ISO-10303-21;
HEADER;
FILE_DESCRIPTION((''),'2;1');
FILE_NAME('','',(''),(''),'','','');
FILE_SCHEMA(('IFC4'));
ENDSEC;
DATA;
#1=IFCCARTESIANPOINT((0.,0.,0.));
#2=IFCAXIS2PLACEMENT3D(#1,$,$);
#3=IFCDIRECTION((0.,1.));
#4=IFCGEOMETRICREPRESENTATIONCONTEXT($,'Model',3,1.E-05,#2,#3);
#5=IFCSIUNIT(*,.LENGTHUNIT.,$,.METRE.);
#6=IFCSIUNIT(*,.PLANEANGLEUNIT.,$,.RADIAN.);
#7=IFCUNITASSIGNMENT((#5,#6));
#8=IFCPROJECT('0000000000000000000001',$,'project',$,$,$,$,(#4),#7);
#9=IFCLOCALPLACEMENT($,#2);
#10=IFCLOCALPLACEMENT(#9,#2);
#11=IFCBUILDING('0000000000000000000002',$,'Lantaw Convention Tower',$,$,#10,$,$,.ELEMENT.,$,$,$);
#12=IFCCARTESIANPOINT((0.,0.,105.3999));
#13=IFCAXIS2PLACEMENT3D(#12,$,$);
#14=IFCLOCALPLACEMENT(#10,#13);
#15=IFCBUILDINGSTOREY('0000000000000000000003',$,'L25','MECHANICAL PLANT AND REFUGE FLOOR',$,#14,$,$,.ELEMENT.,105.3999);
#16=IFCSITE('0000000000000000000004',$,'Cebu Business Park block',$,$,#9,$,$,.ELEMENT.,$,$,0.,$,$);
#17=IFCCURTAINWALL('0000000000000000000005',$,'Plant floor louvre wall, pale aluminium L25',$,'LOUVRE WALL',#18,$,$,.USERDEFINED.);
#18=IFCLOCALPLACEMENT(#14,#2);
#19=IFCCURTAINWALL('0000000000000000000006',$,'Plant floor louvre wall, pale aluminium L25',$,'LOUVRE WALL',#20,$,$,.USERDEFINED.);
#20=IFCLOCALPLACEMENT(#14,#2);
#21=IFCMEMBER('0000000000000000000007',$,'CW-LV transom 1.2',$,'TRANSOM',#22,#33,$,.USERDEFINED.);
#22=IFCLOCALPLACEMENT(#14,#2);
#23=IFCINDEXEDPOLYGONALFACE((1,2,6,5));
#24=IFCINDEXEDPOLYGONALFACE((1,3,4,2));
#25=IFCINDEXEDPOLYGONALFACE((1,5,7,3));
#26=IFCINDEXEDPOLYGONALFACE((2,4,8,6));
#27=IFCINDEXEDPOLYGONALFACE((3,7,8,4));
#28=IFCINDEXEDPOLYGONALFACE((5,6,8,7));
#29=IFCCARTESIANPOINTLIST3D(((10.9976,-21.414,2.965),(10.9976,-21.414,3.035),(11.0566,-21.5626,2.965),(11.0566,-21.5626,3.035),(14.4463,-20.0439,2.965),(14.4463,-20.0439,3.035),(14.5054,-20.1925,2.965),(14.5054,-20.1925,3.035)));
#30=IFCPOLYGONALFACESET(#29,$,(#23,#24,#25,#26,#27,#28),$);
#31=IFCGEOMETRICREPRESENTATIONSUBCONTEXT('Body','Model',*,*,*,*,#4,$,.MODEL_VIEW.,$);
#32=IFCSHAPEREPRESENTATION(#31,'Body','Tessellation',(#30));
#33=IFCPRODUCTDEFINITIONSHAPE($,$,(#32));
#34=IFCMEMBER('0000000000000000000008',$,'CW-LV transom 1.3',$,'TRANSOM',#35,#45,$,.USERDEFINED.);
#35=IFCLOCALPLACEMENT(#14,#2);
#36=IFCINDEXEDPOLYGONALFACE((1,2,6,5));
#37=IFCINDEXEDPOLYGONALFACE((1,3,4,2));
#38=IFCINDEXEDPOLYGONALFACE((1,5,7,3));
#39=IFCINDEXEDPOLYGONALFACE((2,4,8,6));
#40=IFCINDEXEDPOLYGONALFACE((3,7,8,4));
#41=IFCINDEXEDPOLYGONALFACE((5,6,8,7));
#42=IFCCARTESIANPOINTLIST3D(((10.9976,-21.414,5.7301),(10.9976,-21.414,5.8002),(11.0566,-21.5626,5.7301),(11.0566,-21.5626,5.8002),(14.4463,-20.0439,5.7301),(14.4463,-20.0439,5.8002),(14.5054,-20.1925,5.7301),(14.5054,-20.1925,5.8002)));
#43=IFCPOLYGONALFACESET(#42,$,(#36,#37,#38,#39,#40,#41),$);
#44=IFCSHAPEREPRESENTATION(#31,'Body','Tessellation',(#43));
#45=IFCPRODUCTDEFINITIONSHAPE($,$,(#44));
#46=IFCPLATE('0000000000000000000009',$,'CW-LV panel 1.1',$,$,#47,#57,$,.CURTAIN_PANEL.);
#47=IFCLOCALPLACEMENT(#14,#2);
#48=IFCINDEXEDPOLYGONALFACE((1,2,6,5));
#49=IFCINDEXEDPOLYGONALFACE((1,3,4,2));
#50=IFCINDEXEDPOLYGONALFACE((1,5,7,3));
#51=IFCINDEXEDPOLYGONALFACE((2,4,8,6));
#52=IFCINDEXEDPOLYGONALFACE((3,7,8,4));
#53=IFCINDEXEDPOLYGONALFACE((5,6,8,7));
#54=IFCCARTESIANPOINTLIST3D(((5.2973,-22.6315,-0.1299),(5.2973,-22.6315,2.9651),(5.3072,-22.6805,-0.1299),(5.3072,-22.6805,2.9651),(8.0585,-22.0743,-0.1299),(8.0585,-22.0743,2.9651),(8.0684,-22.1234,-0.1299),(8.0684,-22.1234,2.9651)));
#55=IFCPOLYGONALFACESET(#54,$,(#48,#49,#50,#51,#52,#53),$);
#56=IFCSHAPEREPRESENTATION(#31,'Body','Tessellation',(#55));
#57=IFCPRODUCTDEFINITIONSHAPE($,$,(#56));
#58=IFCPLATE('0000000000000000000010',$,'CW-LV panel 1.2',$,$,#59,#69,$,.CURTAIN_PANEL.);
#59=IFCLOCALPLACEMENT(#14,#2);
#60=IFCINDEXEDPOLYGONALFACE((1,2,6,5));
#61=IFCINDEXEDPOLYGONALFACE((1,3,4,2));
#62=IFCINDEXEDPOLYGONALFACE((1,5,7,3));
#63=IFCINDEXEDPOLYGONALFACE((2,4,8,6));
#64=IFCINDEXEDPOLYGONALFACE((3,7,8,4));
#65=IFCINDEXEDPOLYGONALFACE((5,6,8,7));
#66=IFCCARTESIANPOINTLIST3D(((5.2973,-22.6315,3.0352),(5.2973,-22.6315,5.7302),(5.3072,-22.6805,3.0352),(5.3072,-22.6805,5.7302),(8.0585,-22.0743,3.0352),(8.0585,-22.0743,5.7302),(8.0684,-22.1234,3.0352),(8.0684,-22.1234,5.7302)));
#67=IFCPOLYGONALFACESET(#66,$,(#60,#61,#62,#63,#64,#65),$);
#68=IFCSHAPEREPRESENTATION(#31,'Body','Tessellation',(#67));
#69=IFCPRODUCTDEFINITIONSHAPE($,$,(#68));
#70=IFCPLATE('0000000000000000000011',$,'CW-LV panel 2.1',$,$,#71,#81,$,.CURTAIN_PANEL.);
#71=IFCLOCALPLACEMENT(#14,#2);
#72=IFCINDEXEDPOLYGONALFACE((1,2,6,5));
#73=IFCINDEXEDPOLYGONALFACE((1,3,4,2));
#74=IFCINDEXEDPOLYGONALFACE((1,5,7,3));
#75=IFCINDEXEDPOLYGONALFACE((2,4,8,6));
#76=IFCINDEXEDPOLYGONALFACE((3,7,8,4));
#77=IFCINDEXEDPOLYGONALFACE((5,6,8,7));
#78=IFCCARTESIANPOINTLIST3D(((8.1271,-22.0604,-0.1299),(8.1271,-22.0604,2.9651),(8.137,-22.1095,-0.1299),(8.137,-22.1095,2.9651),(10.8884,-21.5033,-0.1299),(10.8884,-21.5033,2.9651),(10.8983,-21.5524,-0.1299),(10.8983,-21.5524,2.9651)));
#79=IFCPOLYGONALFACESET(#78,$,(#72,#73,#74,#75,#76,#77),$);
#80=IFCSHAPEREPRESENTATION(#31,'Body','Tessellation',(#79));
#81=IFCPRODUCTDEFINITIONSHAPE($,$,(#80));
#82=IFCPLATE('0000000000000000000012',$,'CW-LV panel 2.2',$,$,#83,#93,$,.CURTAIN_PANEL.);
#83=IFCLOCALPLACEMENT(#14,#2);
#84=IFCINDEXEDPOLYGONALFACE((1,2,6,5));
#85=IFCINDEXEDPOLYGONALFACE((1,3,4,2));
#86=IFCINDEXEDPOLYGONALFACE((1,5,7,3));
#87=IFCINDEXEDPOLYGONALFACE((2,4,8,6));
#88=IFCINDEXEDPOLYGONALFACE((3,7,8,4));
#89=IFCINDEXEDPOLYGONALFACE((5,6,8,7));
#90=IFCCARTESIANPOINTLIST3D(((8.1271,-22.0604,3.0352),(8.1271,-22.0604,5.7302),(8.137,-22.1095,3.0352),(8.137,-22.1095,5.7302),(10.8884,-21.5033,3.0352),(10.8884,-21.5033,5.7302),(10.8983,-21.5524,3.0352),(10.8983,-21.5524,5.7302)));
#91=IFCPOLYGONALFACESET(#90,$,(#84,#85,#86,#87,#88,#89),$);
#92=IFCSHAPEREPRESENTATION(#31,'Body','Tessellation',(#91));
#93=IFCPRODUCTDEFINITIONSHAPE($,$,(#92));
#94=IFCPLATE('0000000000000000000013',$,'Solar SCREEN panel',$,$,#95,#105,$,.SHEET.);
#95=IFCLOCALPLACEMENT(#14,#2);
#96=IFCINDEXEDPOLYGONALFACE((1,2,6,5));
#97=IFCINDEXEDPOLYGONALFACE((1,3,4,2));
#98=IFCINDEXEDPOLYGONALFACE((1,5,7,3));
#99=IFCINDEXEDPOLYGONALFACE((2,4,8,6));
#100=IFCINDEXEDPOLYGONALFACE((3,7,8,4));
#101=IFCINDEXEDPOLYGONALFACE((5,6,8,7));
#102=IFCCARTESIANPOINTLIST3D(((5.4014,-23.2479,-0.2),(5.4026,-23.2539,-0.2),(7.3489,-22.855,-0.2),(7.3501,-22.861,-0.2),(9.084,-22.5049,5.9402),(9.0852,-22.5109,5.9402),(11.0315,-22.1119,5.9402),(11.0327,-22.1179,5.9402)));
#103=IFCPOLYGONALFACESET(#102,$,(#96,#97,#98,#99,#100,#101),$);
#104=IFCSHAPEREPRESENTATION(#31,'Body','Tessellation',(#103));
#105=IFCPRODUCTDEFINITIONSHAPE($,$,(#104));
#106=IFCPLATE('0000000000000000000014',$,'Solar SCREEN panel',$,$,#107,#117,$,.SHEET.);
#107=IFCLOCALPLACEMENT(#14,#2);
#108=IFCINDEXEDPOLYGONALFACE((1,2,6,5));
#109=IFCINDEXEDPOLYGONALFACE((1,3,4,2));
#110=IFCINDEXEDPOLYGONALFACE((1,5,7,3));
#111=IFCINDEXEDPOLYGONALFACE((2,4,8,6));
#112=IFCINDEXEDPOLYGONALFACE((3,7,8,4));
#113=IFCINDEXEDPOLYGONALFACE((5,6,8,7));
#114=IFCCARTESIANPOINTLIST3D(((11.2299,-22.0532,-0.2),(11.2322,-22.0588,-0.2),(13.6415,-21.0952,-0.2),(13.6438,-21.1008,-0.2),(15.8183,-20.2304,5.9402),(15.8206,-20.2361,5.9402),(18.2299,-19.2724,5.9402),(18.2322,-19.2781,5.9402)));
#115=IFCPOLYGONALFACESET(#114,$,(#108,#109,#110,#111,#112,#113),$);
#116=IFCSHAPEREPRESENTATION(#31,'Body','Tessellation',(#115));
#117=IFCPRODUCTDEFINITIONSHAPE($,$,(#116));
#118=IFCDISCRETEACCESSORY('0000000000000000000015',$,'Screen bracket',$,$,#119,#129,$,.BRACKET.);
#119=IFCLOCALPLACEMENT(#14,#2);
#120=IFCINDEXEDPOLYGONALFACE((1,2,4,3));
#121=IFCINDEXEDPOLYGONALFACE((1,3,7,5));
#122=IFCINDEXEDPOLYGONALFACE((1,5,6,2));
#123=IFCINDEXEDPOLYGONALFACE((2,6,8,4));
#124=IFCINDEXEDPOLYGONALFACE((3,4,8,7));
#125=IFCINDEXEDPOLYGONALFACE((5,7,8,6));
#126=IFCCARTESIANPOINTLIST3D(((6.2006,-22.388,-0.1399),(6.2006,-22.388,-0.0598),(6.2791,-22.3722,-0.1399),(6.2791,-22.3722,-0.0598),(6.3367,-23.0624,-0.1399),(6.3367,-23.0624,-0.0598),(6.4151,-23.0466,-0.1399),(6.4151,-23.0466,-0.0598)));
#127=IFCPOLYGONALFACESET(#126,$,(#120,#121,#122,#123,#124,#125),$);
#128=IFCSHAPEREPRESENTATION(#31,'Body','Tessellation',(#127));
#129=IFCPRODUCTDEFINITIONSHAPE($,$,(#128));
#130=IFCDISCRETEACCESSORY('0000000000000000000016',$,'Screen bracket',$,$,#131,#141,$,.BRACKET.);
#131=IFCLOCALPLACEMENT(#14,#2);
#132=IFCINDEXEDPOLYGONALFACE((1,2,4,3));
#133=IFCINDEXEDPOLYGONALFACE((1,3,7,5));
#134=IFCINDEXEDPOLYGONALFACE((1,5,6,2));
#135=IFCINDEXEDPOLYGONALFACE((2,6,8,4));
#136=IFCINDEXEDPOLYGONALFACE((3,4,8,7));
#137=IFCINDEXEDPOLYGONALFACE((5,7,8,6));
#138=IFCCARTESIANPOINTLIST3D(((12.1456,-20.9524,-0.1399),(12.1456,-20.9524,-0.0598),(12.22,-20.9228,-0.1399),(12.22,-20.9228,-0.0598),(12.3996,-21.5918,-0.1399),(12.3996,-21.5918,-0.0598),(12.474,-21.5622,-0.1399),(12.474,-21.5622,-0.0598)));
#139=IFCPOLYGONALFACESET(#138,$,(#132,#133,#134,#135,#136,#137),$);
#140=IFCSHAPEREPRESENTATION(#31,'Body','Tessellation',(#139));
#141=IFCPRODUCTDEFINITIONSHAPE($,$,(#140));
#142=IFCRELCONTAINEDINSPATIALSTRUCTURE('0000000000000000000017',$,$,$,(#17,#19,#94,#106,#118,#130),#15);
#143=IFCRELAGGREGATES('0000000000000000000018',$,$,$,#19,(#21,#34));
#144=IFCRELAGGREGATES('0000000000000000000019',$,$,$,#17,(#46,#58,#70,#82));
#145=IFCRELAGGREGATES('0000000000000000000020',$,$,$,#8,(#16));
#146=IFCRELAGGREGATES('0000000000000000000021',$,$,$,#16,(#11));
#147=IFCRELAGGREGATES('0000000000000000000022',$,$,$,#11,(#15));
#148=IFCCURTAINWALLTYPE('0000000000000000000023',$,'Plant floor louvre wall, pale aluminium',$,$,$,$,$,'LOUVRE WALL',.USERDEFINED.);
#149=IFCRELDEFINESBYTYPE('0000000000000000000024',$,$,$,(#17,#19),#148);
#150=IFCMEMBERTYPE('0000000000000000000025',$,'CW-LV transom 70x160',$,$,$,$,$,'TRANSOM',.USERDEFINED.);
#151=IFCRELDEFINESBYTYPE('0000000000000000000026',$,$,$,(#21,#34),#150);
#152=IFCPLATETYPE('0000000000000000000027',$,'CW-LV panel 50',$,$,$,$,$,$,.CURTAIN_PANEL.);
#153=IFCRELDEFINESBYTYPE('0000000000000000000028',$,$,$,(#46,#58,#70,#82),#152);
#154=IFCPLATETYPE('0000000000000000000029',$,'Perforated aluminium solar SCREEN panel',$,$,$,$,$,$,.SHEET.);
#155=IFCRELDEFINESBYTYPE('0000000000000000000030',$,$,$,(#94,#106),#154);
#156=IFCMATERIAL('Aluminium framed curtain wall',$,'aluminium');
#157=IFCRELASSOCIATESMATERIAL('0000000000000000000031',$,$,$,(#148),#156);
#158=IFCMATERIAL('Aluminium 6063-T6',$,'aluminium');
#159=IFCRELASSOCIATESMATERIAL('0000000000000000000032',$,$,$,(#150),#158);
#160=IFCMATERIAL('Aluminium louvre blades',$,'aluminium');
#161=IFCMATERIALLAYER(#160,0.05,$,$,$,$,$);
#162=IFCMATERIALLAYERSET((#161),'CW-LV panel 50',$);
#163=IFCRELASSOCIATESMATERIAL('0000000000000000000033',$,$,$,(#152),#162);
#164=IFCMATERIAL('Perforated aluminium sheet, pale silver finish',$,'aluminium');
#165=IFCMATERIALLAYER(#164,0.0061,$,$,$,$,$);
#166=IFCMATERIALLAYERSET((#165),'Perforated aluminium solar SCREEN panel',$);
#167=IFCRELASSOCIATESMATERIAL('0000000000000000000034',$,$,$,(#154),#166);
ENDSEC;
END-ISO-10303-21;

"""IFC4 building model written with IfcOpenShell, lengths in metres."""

from ifc_helpers import new_model, si_unit, direction, frame, origin, origin_2d, place, context, subcontext, project, spatial, polyline, rectangle, outline, extrude, material, layer, layer_set, material_profile, profile_set, type_object, element, aggregate, save


model = new_model("IFC4")

# Units and contexts
model_context = context("Model", 3, precision=1e-05, world=origin(), true_north=direction((0.0, 1.0)))
body_context = subcontext(model_context, "Body", "Model", "MODEL_VIEW")
ifc_project = project(units=[si_unit("LENGTHUNIT", "METRE"), si_unit("PLANEANGLEUNIT", "RADIAN")], contexts=[model_context])

# Site, building, storey
site_placement = place(None, origin())
site = spatial("IfcSite", under=ifc_project, at=site_placement, Name="Cebu Business Park block", CompositionType="ELEMENT", RefElevation=0.0)
building_placement = place(site_placement, origin())
building = spatial("IfcBuilding", under=site, at=building_placement, Name="Lantaw Convention Tower", CompositionType="ELEMENT")
storey_placement = place(building_placement, frame((0.0, 0.0, 105.3999)))
storey = spatial("IfcBuildingStorey", under=building, at=storey_placement, Name="L25", Description="MECHANICAL PLANT AND REFUGE FLOOR", CompositionType="ELEMENT", Elevation=105.3999)

# Curtain wall
ifc_material_1 = material(Name="Aluminium framed curtain wall", Category="aluminium")
curtain_wall_type = type_object("IfcCurtainWallType", Name="Plant floor louvre wall, pale aluminium", ElementType="LOUVRE WALL", PredefinedType="USERDEFINED", material=ifc_material_1)
curtain_wall_1_placement = place(storey_placement, origin())
curtain_wall_1 = element("IfcCurtainWall", 1, at=curtain_wall_1_placement, inside=storey, type_object=curtain_wall_type, Name="Plant floor louvre wall, pale aluminium L25", ObjectType="LOUVRE WALL", PredefinedType="USERDEFINED")
ifc_material_2 = material(Name="Aluminium 6063-T6", Category="aluminium")

# Curtain wall
curtain_wall_2_placement = place(storey_placement, origin())
curtain_wall_2 = element("IfcCurtainWall", 2, at=curtain_wall_2_placement, inside=storey, type_object=curtain_wall_type, Name="Plant floor louvre wall, pale aluminium L25", ObjectType="LOUVRE WALL", PredefinedType="USERDEFINED")

# Members
ifc_material_profile_1 = material_profile(ifc_material_2, rectangle(XDim=0.1599, YDim=0.0701, at=origin_2d()), Name="CW-LV transom 70x160")
ifc_profile_set_1 = profile_set([ifc_material_profile_1], Name="Aluminium 6063-T6")
member_type_1 = type_object("IfcMemberType", Name="CW-LV transom 70x160", ElementType="TRANSOM", PredefinedType="USERDEFINED", material=ifc_profile_set_1)
member_1_placement = place(storey_placement, frame((11.0271, -21.4883, 3.0), z_axis=(0.929345, 0.369212, 0.0), x_axis=(-0.369212, 0.929345, 0.0)))
member_1 = element("IfcMember", 3, at=member_1_placement, type_object=member_type_1, Name="CW-LV transom 1.2", ObjectType="TRANSOM", PredefinedType="USERDEFINED", context=body_context, shape_type="SweptSolid", body=[
    extrude(rectangle(XDim=0.1599, YDim=0.0701, at=origin_2d()), origin(), (0.0, 0.0, 1.0), 3.7109),
])
member_2_placement = place(storey_placement, frame((11.0271, -21.4883, 5.7651), z_axis=(0.929345, 0.369212, 0.0), x_axis=(-0.369212, 0.929345, 0.0)))
member_2 = element("IfcMember", 4, at=member_2_placement, type_object=member_type_1, Name="CW-LV transom 1.3", ObjectType="TRANSOM", PredefinedType="USERDEFINED", context=body_context, shape_type="SweptSolid", body=[
    extrude(rectangle(XDim=0.1599, YDim=0.0701, at=origin_2d()), origin(), (0.0, 0.0, 1.0), 3.7109),
])
aggregate(curtain_wall_2, [member_1, member_2])

# Plates
ifc_material_3 = material(Name="Aluminium louvre blades", Category="aluminium")
ifc_layer_1 = layer(ifc_material_3, 0.05)
ifc_layer_set_1 = layer_set([ifc_layer_1], Name="CW-LV panel 50")
plate_type_1 = type_object("IfcPlateType", Name="CW-LV panel 50", PredefinedType="CURTAIN_PANEL", material=ifc_layer_set_1)
plate_1_placement = place(storey_placement, frame((6.6829, -22.3774, -0.1299), z_axis=(0.0, 0.0, 1.0), x_axis=(0.980245, 0.197789, 0.0)))
plate_1 = element("IfcPlate", 5, at=plate_1_placement, type_object=plate_type_1, Name="CW-LV panel 1.1", PredefinedType="CURTAIN_PANEL", context=body_context, shape_type="SweptSolid", body=[
    extrude(rectangle(XDim=2.8169, YDim=0.05, at=origin_2d()), origin(), (0.0, 0.0, 1.0), 3.095),
])
plate_2_placement = place(storey_placement, frame((6.6829, -22.3774, 3.0352), z_axis=(0.0, 0.0, 1.0), x_axis=(0.980245, 0.197789, 0.0)))
plate_2 = element("IfcPlate", 6, at=plate_2_placement, type_object=plate_type_1, Name="CW-LV panel 1.2", PredefinedType="CURTAIN_PANEL", context=body_context, shape_type="SweptSolid", body=[
    extrude(rectangle(XDim=2.8169, YDim=0.05, at=origin_2d()), origin(), (0.0, 0.0, 1.0), 2.6951),
])
plate_3_placement = place(storey_placement, frame((9.5127, -21.8064, -0.1299), z_axis=(0.0, 0.0, 1.0), x_axis=(0.980245, 0.197789, 0.0)))
plate_3 = element("IfcPlate", 7, at=plate_3_placement, type_object=plate_type_1, Name="CW-LV panel 2.1", PredefinedType="CURTAIN_PANEL", context=body_context, shape_type="SweptSolid", body=[
    extrude(rectangle(XDim=2.8169, YDim=0.05, at=origin_2d()), origin(), (0.0, 0.0, 1.0), 3.095),
])
plate_4_placement = place(storey_placement, frame((9.5127, -21.8064, 3.0352), z_axis=(0.0, 0.0, 1.0), x_axis=(0.980245, 0.197789, 0.0)))
plate_4 = element("IfcPlate", 8, at=plate_4_placement, type_object=plate_type_1, Name="CW-LV panel 2.2", PredefinedType="CURTAIN_PANEL", context=body_context, shape_type="SweptSolid", body=[
    extrude(rectangle(XDim=2.8169, YDim=0.05, at=origin_2d()), origin(), (0.0, 0.0, 1.0), 2.6951),
])
aggregate(curtain_wall_1, [plate_1, plate_2, plate_3, plate_4])

# Plates
ifc_material_4 = material(Name="Perforated aluminium sheet, pale silver finish", Category="aluminium")
ifc_layer_2 = layer(ifc_material_4, 0.0061)
ifc_layer_set_2 = layer_set([ifc_layer_2], Name="Perforated aluminium solar SCREEN panel")
plate_type_2 = type_object("IfcPlateType", Name="Perforated aluminium solar SCREEN panel", PredefinedType="SHEET", material=ifc_layer_set_2)
plate_5_placement = place(storey_placement, frame((5.4026, -23.2539, -0.2), z_axis=(0.197782, -0.980246, 0.000001), x_axis=(0.980246, 0.197782, 0.0)))
element("IfcPlate", 9, at=plate_5_placement, inside=storey, type_object=plate_type_2, Name="Solar SCREEN panel", PredefinedType="SHEET", context=body_context, shape_type="SweptSolid", body=[
    extrude(outline(polyline([(0.0, 0.0), (1.9867, 0.0), (5.7436, 6.1401), (3.7568, 6.1401), (0.0, 0.0)])), origin(), (0.0, 0.0, -1.0), 0.0061),
])
plate_6_placement = place(storey_placement, frame((11.2322, -22.0588, -0.2), z_axis=(0.369184, -0.929357, 0.000006), x_axis=(0.929357, 0.369184, 0.0)))
element("IfcPlate", 10, at=plate_6_placement, inside=storey, type_object=plate_type_2, Name="Solar SCREEN panel", PredefinedType="SHEET", context=body_context, shape_type="SweptSolid", body=[
    extrude(outline(polyline([(0.0, 0.0), (2.5949, 0.0), (7.5321, 6.1401), (4.9372, 6.1401), (0.0, 0.0)])), origin(), (0.0, 0.0, -1.0), 0.0061),
])

# Discrete accessories
for number, where, z_axis, x_axis, name in (
    (11, (6.3079, -22.7173, -0.1399), (0.0, 0.0, 1.0), (0.980245, 0.197789, 0.0), "Screen bracket"),
    (12, (12.3098, -21.2573, -0.1399), (0.0, 0.0, 1.0), (0.929361, 0.369172, 0.0), "Screen bracket"),
):
    element("IfcDiscreteAccessory", number, at=place(storey_placement, frame(where, z_axis=z_axis, x_axis=x_axis)), inside=storey, Name=name, PredefinedType="BRACKET", context=body_context, shape_type="SweptSolid", body=[
        extrude(rectangle(XDim=0.0801, YDim=0.688, at=origin_2d()), origin(), (0.0, 0.0, 1.0), 0.0801),
    ])

save(model, "model.ifc")
